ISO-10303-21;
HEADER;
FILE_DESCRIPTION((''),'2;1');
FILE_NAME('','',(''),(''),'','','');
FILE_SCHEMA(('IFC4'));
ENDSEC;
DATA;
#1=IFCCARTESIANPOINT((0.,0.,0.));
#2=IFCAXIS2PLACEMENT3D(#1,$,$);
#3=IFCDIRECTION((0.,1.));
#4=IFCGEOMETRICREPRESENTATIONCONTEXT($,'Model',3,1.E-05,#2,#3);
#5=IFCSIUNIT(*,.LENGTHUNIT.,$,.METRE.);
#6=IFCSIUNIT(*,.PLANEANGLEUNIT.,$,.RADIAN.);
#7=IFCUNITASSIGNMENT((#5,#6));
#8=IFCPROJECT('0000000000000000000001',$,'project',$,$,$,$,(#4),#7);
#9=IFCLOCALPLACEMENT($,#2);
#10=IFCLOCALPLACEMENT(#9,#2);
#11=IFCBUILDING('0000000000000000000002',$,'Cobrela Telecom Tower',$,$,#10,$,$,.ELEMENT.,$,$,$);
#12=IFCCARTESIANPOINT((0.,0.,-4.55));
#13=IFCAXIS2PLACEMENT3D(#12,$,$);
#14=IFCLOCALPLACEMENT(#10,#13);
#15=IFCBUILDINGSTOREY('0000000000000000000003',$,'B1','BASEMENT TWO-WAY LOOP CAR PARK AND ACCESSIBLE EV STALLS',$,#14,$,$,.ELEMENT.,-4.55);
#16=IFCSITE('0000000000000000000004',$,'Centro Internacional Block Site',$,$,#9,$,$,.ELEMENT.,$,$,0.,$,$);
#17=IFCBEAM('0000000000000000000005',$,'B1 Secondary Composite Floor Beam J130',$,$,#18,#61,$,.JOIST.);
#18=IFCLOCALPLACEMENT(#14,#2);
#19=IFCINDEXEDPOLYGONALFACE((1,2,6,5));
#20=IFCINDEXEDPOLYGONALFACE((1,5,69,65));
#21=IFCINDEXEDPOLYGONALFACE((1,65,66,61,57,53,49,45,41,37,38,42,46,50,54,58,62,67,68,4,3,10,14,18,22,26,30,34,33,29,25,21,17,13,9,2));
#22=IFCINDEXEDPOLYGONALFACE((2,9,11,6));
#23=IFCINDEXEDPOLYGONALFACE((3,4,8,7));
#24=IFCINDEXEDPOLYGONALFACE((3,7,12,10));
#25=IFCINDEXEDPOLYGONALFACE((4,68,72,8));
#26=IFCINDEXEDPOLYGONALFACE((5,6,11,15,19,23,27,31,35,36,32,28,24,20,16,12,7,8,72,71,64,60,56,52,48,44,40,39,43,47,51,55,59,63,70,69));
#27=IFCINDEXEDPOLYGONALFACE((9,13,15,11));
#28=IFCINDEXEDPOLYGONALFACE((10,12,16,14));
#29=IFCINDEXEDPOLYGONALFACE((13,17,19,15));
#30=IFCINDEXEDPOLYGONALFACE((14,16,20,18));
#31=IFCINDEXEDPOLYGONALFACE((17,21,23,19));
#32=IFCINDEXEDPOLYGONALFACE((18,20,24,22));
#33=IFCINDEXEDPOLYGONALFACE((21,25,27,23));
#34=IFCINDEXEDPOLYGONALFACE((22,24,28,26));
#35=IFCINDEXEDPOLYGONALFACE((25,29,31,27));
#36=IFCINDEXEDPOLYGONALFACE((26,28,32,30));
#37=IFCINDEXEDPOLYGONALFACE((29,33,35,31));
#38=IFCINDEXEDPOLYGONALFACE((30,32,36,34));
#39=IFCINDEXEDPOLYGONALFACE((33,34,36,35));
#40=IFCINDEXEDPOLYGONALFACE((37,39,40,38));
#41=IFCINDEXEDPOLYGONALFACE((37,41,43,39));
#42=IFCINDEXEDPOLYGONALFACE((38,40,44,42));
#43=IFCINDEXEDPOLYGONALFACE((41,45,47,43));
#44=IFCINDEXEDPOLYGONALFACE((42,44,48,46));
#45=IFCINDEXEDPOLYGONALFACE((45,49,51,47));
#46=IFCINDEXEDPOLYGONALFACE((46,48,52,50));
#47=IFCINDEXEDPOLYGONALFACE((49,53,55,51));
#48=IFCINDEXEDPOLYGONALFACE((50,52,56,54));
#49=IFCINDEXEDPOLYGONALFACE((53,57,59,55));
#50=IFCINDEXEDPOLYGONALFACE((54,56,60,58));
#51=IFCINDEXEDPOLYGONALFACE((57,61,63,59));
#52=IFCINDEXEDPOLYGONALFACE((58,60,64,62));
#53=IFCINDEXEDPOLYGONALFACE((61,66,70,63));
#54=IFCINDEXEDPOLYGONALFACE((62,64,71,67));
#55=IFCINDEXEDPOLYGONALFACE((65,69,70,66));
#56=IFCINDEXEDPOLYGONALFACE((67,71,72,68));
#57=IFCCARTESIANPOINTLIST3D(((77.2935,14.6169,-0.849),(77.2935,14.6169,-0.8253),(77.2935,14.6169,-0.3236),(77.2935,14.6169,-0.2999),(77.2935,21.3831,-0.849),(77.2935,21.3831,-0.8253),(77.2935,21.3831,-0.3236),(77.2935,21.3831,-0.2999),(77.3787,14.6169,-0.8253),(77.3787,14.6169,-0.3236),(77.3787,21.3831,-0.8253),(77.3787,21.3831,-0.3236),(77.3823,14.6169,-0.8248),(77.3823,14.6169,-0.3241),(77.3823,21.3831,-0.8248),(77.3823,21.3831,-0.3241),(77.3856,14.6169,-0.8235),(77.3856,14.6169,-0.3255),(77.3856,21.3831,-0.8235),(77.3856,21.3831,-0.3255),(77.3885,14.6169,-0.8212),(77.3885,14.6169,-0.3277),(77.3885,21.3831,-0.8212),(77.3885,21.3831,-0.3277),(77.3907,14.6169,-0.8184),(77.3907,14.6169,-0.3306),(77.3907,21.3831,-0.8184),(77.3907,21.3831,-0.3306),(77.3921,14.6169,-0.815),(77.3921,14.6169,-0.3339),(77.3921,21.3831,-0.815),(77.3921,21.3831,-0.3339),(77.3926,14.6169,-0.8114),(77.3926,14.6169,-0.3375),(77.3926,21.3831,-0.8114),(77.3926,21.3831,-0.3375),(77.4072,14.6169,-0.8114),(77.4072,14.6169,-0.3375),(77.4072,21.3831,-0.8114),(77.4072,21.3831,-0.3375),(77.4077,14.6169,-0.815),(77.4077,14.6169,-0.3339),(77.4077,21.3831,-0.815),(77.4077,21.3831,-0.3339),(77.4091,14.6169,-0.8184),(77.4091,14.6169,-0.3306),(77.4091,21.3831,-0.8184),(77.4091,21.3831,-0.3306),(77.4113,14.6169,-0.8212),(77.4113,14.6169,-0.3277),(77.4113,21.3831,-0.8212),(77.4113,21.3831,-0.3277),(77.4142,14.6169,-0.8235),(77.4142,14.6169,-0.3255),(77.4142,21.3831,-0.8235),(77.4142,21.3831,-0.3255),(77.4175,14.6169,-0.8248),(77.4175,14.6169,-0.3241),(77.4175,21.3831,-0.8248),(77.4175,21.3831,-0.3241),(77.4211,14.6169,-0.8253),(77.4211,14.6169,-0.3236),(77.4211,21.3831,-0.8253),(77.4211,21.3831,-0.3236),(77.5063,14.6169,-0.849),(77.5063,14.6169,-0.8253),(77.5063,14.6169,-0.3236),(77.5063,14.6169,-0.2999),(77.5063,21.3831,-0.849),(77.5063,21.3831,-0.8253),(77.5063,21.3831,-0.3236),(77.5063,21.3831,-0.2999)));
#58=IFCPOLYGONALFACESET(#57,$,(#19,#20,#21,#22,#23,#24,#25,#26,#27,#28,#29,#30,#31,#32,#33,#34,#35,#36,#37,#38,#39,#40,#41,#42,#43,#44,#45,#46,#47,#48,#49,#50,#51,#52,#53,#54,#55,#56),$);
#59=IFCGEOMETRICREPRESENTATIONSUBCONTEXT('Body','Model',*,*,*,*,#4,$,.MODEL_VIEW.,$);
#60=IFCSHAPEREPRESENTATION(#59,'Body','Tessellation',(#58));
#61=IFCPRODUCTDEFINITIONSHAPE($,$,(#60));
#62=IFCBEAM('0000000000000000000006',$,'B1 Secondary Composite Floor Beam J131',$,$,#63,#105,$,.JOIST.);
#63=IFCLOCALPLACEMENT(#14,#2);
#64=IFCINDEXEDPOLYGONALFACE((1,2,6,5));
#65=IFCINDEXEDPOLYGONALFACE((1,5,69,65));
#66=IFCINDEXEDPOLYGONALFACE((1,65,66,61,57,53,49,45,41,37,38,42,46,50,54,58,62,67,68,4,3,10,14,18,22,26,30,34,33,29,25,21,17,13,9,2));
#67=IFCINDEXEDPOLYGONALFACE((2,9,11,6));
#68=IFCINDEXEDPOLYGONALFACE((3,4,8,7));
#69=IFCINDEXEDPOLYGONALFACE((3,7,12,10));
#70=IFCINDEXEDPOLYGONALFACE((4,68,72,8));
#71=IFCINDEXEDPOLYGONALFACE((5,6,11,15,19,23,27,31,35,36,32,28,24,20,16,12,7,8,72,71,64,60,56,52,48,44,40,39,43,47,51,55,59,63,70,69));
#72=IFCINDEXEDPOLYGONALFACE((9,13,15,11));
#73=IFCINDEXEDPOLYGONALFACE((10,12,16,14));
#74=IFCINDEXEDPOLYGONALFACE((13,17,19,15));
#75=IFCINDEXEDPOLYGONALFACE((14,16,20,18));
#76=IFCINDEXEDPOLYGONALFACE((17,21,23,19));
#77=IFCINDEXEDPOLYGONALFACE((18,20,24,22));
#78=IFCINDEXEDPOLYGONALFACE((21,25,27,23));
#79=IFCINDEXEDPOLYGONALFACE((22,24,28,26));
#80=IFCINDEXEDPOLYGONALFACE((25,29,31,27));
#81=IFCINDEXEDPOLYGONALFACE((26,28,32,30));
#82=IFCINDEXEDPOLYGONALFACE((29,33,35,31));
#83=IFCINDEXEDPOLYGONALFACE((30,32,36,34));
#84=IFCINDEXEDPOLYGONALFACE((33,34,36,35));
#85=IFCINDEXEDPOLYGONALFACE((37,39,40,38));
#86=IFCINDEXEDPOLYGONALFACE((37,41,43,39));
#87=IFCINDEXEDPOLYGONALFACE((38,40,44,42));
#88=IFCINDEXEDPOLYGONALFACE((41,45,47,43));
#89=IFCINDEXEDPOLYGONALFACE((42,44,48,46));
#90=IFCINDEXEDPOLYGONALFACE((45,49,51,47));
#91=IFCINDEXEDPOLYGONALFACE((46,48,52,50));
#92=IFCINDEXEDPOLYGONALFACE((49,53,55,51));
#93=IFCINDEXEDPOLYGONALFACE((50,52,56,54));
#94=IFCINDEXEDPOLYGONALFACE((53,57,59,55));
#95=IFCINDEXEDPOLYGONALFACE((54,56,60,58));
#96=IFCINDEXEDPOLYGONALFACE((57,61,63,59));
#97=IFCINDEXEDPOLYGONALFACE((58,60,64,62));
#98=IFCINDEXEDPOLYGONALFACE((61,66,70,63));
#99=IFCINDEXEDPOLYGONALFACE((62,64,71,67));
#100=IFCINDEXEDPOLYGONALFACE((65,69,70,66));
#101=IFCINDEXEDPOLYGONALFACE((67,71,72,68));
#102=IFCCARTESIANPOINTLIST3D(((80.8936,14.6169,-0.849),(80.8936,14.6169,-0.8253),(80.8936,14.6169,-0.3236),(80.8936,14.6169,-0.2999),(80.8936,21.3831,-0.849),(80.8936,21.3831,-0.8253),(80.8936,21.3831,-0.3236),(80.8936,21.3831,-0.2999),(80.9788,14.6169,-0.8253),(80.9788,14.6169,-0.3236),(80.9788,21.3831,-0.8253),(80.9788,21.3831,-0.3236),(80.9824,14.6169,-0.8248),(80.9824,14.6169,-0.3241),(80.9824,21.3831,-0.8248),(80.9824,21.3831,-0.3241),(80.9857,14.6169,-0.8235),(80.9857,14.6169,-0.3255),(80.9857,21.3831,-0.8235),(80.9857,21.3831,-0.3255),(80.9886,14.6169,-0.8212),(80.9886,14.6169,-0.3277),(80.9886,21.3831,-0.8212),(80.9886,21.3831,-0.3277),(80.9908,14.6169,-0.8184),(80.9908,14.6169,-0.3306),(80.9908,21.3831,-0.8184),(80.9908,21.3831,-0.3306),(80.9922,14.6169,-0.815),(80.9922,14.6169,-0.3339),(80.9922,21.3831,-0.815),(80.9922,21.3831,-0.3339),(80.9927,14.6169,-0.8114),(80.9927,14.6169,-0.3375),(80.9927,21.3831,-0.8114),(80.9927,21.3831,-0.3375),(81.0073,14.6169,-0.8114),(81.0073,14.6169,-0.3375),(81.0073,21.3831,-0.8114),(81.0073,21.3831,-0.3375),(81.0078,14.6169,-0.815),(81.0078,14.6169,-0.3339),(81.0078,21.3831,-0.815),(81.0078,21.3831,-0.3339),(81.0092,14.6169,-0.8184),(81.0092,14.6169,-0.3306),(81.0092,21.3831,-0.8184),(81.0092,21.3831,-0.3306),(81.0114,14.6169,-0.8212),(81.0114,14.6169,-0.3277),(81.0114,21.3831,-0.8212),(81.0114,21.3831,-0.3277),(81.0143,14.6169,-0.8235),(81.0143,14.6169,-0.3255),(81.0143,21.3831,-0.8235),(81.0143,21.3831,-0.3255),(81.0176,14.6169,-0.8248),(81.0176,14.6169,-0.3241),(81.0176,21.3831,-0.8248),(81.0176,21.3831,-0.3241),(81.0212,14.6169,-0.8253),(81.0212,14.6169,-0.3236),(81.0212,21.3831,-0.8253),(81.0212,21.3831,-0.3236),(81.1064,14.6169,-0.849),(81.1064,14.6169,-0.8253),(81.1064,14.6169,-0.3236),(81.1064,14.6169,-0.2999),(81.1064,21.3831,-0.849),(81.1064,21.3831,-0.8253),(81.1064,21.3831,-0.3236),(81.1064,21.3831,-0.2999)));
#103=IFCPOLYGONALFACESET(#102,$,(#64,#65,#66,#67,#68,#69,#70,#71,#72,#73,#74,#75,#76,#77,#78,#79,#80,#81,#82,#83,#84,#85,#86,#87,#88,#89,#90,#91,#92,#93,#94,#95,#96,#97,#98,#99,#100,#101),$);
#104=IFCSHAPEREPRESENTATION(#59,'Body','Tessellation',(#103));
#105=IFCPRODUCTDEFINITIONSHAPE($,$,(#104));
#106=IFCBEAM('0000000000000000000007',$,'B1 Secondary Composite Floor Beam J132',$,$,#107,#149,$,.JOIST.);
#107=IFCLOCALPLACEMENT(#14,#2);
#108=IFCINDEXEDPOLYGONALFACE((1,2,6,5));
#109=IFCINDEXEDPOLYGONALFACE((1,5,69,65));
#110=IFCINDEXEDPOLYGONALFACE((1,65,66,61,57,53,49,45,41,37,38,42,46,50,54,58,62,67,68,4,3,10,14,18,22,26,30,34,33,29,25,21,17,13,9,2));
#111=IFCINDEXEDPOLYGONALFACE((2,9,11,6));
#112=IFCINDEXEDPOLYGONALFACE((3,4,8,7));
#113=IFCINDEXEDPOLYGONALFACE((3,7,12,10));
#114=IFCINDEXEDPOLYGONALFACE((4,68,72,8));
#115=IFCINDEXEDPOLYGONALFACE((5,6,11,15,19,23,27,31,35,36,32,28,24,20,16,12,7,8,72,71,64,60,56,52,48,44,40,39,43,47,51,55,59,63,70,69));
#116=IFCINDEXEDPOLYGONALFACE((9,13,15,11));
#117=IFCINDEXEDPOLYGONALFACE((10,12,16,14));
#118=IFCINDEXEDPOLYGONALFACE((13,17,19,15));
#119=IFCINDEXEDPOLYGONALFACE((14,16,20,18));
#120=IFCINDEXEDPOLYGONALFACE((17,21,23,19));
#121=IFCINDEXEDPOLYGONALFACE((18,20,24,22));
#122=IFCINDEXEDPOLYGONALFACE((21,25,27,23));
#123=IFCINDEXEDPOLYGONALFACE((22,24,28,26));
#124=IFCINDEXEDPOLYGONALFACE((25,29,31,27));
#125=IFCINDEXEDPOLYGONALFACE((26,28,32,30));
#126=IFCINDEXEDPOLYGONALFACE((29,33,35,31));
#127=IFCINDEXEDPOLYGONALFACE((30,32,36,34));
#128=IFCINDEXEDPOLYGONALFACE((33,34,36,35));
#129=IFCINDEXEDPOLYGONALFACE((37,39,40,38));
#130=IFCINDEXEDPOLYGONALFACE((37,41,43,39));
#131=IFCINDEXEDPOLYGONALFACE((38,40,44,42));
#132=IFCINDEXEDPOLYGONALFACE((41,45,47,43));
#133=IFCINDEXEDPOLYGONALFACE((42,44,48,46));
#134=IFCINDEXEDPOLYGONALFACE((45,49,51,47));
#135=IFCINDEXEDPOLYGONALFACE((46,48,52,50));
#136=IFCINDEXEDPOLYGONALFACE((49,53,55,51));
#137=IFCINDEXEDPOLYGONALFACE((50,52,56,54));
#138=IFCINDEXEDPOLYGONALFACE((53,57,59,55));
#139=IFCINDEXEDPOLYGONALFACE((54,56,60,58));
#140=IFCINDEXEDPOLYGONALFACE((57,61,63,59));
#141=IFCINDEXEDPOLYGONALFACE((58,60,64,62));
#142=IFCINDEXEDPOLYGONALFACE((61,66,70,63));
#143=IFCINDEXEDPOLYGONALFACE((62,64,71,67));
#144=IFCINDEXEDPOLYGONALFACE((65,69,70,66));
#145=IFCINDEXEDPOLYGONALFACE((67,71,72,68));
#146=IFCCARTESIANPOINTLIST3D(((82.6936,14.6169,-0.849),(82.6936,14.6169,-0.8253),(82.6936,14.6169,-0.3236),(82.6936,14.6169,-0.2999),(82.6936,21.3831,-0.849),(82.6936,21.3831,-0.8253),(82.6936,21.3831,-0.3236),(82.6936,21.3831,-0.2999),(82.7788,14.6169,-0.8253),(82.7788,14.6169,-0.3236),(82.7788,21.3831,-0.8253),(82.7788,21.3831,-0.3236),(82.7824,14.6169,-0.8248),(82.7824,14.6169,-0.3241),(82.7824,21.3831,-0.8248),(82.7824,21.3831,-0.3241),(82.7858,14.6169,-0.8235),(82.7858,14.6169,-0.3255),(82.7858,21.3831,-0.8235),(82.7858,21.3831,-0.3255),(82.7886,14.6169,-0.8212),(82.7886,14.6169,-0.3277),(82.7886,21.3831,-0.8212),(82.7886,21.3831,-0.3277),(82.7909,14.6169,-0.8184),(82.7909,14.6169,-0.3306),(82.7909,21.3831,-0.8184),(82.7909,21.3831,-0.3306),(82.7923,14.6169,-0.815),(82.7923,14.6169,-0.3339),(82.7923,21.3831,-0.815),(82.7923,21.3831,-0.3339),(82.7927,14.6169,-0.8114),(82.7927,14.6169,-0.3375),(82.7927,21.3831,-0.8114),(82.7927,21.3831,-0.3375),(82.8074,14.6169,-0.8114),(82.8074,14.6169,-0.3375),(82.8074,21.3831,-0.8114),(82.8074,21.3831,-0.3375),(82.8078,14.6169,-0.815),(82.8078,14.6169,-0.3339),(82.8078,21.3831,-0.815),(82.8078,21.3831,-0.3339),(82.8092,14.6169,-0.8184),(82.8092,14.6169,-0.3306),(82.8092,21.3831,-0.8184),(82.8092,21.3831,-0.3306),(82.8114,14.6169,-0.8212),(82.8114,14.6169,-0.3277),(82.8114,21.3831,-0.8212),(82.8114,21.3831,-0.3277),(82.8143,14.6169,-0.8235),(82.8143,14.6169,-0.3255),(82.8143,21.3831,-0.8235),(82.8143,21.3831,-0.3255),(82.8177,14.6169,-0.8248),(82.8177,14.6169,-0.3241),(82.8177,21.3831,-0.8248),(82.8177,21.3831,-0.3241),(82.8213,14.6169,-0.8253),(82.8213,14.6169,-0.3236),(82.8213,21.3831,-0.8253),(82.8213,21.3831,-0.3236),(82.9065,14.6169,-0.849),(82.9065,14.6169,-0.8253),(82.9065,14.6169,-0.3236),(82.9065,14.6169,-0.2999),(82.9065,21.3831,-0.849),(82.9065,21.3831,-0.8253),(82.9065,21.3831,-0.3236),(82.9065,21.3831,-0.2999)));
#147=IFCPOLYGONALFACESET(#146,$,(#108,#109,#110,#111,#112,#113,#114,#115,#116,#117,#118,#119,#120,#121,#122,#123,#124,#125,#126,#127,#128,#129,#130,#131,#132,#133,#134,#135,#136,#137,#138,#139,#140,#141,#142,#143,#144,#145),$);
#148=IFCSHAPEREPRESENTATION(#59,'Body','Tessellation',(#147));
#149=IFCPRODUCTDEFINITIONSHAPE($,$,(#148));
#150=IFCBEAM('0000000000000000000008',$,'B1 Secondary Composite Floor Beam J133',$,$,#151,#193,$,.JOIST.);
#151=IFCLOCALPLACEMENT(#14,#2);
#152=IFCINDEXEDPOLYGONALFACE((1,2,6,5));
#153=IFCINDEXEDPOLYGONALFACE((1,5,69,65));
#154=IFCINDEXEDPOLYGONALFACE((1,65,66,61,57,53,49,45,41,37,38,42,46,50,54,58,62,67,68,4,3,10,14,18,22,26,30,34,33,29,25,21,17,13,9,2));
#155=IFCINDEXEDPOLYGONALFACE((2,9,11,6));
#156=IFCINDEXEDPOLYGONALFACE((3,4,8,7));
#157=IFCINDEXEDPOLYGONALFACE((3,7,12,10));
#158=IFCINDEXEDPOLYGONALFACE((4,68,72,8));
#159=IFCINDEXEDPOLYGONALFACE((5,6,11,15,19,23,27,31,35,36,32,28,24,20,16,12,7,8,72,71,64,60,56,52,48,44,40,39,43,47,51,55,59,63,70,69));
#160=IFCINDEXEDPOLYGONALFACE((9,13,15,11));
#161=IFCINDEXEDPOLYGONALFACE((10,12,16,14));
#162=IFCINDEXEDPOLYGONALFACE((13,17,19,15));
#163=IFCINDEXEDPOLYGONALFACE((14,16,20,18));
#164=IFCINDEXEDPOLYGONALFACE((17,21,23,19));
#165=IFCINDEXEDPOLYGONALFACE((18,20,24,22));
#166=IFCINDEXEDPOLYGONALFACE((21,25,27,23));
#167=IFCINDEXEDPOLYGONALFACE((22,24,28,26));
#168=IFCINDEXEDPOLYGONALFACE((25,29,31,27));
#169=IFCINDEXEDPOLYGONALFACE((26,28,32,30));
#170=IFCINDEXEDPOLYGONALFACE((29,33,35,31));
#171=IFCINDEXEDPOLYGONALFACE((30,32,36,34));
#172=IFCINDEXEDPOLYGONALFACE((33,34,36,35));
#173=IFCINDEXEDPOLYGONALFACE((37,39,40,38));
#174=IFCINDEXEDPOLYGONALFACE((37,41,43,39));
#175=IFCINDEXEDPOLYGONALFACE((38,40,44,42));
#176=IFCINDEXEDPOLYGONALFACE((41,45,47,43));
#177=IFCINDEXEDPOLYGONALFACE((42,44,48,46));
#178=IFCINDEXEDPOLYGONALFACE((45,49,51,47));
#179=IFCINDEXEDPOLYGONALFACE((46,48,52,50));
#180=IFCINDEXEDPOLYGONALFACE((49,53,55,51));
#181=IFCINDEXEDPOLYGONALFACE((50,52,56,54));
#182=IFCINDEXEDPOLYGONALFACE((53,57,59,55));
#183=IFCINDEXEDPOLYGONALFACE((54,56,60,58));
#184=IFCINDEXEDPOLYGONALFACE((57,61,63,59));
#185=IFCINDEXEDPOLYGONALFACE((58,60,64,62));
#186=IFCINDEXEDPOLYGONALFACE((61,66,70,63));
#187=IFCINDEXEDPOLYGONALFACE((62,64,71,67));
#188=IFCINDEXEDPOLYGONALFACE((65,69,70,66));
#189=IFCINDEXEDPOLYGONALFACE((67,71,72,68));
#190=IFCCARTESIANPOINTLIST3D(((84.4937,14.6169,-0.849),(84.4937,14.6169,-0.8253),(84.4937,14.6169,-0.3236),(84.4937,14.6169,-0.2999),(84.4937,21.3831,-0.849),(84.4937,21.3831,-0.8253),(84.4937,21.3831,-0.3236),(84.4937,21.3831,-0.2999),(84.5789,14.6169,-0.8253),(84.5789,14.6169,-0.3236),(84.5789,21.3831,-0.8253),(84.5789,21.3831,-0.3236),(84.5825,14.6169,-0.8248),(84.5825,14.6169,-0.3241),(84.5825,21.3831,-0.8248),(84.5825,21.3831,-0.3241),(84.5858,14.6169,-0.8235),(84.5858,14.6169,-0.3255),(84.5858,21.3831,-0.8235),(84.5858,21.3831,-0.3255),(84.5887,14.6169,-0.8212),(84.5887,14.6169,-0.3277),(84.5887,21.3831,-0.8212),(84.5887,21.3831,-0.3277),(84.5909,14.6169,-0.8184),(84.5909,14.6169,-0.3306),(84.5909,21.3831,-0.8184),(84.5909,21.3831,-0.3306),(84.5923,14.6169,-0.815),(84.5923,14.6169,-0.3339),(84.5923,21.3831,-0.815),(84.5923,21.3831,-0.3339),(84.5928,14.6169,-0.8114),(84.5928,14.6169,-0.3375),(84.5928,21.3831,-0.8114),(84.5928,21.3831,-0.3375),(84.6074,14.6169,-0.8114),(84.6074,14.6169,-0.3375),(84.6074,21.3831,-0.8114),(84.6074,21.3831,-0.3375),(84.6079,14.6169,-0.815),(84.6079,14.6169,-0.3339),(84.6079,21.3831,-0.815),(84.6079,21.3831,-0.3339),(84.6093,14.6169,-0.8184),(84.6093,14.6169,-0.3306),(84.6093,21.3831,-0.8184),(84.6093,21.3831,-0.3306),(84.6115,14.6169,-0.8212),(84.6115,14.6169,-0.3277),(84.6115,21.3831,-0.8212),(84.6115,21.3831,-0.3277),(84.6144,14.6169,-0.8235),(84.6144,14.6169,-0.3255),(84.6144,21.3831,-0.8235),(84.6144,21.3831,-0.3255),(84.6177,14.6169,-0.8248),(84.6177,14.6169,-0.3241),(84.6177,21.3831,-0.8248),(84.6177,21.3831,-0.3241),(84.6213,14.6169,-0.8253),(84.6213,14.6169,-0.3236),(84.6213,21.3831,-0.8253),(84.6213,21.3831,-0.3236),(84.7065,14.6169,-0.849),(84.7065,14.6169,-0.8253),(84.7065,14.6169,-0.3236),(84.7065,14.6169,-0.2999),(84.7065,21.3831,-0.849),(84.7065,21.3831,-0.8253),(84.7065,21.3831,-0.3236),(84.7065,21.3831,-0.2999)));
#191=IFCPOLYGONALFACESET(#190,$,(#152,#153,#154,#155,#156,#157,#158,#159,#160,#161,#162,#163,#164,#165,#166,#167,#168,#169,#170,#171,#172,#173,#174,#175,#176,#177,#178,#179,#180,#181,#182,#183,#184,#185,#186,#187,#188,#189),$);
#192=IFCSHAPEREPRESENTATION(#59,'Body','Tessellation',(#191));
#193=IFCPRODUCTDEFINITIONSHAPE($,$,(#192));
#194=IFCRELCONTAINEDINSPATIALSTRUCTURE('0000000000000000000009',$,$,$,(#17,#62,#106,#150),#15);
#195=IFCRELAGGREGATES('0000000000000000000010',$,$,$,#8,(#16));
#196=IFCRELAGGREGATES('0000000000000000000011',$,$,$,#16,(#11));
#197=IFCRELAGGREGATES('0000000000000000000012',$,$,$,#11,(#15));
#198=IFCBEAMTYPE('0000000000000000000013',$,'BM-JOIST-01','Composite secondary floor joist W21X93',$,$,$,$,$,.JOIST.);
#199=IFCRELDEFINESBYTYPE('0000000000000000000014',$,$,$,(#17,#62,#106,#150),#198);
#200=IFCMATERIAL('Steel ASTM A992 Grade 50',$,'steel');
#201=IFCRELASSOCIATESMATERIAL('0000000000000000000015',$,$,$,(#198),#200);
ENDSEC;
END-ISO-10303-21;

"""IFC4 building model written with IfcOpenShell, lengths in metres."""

from ifc_helpers import new_model, si_unit, direction, frame, origin, origin_2d, place, context, subcontext, project, spatial, i_section, extrude, material, material_profile, profile_set, type_object, element, save


model = new_model("IFC4")

# Units and contexts
model_context = context("Model", 3, precision=1e-05, world=origin(), true_north=direction((0.0, 1.0)))
body_context = subcontext(model_context, "Body", "Model", "MODEL_VIEW")
ifc_project = project(units=[si_unit("LENGTHUNIT", "METRE"), si_unit("PLANEANGLEUNIT", "RADIAN")], contexts=[model_context])

# Site, building, storey
site_placement = place(None, origin())
site = spatial("IfcSite", under=ifc_project, at=site_placement, Name="Centro Internacional Block Site", CompositionType="ELEMENT", RefElevation=0.0)
building_placement = place(site_placement, origin())
building = spatial("IfcBuilding", under=site, at=building_placement, Name="Cobrela Telecom Tower", CompositionType="ELEMENT")
storey_placement = place(building_placement, frame((0.0, 0.0, -4.55)))
storey = spatial("IfcBuildingStorey", under=building, at=storey_placement, Name="B1", Description="BASEMENT TWO-WAY LOOP CAR PARK AND ACCESSIBLE EV STALLS", CompositionType="ELEMENT", Elevation=-4.55)

# Beams
ifc_material_1 = material(Name="Steel ASTM A992 Grade 50", Category="steel")
ifc_material_profile_1 = material_profile(ifc_material_1, i_section(OverallWidth=0.2129, OverallDepth=0.5491, WebThickness=0.0146, FlangeThickness=0.0237, FilletRadius=0.0139, at=origin_2d()), Name="W21X93")
ifc_profile_set_1 = profile_set([ifc_material_profile_1], Name="Steel ASTM A992 Grade 50")
beam_type_1 = type_object("IfcBeamType", Name="BM-JOIST-01", Description="Composite secondary floor joist W21X93", PredefinedType="JOIST", material=ifc_profile_set_1)
for number, where, z_axis, x_axis, name in (
    (1, (77.3999, 14.6169, -0.5745), (0.0, 1.0, 0.0), (-1.0, 0.0, 0.0), "B1 Secondary Composite Floor Beam J130"),
    (2, (81.0, 14.6169, -0.5745), (0.0, 1.0, 0.0), (-1.0, 0.0, 0.0), "B1 Secondary Composite Floor Beam J131"),
    (3, (82.8, 14.6169, -0.5745), (0.0, 1.0, 0.0), (-1.0, 0.0, 0.0), "B1 Secondary Composite Floor Beam J132"),
    (4, (84.6001, 14.6169, -0.5745), (0.0, 1.0, 0.0), (-1.0, 0.0, 0.0), "B1 Secondary Composite Floor Beam J133"),
):
    element("IfcBeam", number, at=place(storey_placement, frame(where, z_axis=z_axis, x_axis=x_axis)), inside=storey, type_object=beam_type_1, Name=name, PredefinedType="JOIST", context=body_context, shape_type="SweptSolid", body=[
        extrude(i_section(OverallWidth=0.2129, OverallDepth=0.5491, WebThickness=0.0146, FlangeThickness=0.0237, FilletRadius=0.0139, at=origin_2d()), origin(), (0.0, 0.0, 1.0), 6.7661),
    ])

save(model, "model.ifc")
